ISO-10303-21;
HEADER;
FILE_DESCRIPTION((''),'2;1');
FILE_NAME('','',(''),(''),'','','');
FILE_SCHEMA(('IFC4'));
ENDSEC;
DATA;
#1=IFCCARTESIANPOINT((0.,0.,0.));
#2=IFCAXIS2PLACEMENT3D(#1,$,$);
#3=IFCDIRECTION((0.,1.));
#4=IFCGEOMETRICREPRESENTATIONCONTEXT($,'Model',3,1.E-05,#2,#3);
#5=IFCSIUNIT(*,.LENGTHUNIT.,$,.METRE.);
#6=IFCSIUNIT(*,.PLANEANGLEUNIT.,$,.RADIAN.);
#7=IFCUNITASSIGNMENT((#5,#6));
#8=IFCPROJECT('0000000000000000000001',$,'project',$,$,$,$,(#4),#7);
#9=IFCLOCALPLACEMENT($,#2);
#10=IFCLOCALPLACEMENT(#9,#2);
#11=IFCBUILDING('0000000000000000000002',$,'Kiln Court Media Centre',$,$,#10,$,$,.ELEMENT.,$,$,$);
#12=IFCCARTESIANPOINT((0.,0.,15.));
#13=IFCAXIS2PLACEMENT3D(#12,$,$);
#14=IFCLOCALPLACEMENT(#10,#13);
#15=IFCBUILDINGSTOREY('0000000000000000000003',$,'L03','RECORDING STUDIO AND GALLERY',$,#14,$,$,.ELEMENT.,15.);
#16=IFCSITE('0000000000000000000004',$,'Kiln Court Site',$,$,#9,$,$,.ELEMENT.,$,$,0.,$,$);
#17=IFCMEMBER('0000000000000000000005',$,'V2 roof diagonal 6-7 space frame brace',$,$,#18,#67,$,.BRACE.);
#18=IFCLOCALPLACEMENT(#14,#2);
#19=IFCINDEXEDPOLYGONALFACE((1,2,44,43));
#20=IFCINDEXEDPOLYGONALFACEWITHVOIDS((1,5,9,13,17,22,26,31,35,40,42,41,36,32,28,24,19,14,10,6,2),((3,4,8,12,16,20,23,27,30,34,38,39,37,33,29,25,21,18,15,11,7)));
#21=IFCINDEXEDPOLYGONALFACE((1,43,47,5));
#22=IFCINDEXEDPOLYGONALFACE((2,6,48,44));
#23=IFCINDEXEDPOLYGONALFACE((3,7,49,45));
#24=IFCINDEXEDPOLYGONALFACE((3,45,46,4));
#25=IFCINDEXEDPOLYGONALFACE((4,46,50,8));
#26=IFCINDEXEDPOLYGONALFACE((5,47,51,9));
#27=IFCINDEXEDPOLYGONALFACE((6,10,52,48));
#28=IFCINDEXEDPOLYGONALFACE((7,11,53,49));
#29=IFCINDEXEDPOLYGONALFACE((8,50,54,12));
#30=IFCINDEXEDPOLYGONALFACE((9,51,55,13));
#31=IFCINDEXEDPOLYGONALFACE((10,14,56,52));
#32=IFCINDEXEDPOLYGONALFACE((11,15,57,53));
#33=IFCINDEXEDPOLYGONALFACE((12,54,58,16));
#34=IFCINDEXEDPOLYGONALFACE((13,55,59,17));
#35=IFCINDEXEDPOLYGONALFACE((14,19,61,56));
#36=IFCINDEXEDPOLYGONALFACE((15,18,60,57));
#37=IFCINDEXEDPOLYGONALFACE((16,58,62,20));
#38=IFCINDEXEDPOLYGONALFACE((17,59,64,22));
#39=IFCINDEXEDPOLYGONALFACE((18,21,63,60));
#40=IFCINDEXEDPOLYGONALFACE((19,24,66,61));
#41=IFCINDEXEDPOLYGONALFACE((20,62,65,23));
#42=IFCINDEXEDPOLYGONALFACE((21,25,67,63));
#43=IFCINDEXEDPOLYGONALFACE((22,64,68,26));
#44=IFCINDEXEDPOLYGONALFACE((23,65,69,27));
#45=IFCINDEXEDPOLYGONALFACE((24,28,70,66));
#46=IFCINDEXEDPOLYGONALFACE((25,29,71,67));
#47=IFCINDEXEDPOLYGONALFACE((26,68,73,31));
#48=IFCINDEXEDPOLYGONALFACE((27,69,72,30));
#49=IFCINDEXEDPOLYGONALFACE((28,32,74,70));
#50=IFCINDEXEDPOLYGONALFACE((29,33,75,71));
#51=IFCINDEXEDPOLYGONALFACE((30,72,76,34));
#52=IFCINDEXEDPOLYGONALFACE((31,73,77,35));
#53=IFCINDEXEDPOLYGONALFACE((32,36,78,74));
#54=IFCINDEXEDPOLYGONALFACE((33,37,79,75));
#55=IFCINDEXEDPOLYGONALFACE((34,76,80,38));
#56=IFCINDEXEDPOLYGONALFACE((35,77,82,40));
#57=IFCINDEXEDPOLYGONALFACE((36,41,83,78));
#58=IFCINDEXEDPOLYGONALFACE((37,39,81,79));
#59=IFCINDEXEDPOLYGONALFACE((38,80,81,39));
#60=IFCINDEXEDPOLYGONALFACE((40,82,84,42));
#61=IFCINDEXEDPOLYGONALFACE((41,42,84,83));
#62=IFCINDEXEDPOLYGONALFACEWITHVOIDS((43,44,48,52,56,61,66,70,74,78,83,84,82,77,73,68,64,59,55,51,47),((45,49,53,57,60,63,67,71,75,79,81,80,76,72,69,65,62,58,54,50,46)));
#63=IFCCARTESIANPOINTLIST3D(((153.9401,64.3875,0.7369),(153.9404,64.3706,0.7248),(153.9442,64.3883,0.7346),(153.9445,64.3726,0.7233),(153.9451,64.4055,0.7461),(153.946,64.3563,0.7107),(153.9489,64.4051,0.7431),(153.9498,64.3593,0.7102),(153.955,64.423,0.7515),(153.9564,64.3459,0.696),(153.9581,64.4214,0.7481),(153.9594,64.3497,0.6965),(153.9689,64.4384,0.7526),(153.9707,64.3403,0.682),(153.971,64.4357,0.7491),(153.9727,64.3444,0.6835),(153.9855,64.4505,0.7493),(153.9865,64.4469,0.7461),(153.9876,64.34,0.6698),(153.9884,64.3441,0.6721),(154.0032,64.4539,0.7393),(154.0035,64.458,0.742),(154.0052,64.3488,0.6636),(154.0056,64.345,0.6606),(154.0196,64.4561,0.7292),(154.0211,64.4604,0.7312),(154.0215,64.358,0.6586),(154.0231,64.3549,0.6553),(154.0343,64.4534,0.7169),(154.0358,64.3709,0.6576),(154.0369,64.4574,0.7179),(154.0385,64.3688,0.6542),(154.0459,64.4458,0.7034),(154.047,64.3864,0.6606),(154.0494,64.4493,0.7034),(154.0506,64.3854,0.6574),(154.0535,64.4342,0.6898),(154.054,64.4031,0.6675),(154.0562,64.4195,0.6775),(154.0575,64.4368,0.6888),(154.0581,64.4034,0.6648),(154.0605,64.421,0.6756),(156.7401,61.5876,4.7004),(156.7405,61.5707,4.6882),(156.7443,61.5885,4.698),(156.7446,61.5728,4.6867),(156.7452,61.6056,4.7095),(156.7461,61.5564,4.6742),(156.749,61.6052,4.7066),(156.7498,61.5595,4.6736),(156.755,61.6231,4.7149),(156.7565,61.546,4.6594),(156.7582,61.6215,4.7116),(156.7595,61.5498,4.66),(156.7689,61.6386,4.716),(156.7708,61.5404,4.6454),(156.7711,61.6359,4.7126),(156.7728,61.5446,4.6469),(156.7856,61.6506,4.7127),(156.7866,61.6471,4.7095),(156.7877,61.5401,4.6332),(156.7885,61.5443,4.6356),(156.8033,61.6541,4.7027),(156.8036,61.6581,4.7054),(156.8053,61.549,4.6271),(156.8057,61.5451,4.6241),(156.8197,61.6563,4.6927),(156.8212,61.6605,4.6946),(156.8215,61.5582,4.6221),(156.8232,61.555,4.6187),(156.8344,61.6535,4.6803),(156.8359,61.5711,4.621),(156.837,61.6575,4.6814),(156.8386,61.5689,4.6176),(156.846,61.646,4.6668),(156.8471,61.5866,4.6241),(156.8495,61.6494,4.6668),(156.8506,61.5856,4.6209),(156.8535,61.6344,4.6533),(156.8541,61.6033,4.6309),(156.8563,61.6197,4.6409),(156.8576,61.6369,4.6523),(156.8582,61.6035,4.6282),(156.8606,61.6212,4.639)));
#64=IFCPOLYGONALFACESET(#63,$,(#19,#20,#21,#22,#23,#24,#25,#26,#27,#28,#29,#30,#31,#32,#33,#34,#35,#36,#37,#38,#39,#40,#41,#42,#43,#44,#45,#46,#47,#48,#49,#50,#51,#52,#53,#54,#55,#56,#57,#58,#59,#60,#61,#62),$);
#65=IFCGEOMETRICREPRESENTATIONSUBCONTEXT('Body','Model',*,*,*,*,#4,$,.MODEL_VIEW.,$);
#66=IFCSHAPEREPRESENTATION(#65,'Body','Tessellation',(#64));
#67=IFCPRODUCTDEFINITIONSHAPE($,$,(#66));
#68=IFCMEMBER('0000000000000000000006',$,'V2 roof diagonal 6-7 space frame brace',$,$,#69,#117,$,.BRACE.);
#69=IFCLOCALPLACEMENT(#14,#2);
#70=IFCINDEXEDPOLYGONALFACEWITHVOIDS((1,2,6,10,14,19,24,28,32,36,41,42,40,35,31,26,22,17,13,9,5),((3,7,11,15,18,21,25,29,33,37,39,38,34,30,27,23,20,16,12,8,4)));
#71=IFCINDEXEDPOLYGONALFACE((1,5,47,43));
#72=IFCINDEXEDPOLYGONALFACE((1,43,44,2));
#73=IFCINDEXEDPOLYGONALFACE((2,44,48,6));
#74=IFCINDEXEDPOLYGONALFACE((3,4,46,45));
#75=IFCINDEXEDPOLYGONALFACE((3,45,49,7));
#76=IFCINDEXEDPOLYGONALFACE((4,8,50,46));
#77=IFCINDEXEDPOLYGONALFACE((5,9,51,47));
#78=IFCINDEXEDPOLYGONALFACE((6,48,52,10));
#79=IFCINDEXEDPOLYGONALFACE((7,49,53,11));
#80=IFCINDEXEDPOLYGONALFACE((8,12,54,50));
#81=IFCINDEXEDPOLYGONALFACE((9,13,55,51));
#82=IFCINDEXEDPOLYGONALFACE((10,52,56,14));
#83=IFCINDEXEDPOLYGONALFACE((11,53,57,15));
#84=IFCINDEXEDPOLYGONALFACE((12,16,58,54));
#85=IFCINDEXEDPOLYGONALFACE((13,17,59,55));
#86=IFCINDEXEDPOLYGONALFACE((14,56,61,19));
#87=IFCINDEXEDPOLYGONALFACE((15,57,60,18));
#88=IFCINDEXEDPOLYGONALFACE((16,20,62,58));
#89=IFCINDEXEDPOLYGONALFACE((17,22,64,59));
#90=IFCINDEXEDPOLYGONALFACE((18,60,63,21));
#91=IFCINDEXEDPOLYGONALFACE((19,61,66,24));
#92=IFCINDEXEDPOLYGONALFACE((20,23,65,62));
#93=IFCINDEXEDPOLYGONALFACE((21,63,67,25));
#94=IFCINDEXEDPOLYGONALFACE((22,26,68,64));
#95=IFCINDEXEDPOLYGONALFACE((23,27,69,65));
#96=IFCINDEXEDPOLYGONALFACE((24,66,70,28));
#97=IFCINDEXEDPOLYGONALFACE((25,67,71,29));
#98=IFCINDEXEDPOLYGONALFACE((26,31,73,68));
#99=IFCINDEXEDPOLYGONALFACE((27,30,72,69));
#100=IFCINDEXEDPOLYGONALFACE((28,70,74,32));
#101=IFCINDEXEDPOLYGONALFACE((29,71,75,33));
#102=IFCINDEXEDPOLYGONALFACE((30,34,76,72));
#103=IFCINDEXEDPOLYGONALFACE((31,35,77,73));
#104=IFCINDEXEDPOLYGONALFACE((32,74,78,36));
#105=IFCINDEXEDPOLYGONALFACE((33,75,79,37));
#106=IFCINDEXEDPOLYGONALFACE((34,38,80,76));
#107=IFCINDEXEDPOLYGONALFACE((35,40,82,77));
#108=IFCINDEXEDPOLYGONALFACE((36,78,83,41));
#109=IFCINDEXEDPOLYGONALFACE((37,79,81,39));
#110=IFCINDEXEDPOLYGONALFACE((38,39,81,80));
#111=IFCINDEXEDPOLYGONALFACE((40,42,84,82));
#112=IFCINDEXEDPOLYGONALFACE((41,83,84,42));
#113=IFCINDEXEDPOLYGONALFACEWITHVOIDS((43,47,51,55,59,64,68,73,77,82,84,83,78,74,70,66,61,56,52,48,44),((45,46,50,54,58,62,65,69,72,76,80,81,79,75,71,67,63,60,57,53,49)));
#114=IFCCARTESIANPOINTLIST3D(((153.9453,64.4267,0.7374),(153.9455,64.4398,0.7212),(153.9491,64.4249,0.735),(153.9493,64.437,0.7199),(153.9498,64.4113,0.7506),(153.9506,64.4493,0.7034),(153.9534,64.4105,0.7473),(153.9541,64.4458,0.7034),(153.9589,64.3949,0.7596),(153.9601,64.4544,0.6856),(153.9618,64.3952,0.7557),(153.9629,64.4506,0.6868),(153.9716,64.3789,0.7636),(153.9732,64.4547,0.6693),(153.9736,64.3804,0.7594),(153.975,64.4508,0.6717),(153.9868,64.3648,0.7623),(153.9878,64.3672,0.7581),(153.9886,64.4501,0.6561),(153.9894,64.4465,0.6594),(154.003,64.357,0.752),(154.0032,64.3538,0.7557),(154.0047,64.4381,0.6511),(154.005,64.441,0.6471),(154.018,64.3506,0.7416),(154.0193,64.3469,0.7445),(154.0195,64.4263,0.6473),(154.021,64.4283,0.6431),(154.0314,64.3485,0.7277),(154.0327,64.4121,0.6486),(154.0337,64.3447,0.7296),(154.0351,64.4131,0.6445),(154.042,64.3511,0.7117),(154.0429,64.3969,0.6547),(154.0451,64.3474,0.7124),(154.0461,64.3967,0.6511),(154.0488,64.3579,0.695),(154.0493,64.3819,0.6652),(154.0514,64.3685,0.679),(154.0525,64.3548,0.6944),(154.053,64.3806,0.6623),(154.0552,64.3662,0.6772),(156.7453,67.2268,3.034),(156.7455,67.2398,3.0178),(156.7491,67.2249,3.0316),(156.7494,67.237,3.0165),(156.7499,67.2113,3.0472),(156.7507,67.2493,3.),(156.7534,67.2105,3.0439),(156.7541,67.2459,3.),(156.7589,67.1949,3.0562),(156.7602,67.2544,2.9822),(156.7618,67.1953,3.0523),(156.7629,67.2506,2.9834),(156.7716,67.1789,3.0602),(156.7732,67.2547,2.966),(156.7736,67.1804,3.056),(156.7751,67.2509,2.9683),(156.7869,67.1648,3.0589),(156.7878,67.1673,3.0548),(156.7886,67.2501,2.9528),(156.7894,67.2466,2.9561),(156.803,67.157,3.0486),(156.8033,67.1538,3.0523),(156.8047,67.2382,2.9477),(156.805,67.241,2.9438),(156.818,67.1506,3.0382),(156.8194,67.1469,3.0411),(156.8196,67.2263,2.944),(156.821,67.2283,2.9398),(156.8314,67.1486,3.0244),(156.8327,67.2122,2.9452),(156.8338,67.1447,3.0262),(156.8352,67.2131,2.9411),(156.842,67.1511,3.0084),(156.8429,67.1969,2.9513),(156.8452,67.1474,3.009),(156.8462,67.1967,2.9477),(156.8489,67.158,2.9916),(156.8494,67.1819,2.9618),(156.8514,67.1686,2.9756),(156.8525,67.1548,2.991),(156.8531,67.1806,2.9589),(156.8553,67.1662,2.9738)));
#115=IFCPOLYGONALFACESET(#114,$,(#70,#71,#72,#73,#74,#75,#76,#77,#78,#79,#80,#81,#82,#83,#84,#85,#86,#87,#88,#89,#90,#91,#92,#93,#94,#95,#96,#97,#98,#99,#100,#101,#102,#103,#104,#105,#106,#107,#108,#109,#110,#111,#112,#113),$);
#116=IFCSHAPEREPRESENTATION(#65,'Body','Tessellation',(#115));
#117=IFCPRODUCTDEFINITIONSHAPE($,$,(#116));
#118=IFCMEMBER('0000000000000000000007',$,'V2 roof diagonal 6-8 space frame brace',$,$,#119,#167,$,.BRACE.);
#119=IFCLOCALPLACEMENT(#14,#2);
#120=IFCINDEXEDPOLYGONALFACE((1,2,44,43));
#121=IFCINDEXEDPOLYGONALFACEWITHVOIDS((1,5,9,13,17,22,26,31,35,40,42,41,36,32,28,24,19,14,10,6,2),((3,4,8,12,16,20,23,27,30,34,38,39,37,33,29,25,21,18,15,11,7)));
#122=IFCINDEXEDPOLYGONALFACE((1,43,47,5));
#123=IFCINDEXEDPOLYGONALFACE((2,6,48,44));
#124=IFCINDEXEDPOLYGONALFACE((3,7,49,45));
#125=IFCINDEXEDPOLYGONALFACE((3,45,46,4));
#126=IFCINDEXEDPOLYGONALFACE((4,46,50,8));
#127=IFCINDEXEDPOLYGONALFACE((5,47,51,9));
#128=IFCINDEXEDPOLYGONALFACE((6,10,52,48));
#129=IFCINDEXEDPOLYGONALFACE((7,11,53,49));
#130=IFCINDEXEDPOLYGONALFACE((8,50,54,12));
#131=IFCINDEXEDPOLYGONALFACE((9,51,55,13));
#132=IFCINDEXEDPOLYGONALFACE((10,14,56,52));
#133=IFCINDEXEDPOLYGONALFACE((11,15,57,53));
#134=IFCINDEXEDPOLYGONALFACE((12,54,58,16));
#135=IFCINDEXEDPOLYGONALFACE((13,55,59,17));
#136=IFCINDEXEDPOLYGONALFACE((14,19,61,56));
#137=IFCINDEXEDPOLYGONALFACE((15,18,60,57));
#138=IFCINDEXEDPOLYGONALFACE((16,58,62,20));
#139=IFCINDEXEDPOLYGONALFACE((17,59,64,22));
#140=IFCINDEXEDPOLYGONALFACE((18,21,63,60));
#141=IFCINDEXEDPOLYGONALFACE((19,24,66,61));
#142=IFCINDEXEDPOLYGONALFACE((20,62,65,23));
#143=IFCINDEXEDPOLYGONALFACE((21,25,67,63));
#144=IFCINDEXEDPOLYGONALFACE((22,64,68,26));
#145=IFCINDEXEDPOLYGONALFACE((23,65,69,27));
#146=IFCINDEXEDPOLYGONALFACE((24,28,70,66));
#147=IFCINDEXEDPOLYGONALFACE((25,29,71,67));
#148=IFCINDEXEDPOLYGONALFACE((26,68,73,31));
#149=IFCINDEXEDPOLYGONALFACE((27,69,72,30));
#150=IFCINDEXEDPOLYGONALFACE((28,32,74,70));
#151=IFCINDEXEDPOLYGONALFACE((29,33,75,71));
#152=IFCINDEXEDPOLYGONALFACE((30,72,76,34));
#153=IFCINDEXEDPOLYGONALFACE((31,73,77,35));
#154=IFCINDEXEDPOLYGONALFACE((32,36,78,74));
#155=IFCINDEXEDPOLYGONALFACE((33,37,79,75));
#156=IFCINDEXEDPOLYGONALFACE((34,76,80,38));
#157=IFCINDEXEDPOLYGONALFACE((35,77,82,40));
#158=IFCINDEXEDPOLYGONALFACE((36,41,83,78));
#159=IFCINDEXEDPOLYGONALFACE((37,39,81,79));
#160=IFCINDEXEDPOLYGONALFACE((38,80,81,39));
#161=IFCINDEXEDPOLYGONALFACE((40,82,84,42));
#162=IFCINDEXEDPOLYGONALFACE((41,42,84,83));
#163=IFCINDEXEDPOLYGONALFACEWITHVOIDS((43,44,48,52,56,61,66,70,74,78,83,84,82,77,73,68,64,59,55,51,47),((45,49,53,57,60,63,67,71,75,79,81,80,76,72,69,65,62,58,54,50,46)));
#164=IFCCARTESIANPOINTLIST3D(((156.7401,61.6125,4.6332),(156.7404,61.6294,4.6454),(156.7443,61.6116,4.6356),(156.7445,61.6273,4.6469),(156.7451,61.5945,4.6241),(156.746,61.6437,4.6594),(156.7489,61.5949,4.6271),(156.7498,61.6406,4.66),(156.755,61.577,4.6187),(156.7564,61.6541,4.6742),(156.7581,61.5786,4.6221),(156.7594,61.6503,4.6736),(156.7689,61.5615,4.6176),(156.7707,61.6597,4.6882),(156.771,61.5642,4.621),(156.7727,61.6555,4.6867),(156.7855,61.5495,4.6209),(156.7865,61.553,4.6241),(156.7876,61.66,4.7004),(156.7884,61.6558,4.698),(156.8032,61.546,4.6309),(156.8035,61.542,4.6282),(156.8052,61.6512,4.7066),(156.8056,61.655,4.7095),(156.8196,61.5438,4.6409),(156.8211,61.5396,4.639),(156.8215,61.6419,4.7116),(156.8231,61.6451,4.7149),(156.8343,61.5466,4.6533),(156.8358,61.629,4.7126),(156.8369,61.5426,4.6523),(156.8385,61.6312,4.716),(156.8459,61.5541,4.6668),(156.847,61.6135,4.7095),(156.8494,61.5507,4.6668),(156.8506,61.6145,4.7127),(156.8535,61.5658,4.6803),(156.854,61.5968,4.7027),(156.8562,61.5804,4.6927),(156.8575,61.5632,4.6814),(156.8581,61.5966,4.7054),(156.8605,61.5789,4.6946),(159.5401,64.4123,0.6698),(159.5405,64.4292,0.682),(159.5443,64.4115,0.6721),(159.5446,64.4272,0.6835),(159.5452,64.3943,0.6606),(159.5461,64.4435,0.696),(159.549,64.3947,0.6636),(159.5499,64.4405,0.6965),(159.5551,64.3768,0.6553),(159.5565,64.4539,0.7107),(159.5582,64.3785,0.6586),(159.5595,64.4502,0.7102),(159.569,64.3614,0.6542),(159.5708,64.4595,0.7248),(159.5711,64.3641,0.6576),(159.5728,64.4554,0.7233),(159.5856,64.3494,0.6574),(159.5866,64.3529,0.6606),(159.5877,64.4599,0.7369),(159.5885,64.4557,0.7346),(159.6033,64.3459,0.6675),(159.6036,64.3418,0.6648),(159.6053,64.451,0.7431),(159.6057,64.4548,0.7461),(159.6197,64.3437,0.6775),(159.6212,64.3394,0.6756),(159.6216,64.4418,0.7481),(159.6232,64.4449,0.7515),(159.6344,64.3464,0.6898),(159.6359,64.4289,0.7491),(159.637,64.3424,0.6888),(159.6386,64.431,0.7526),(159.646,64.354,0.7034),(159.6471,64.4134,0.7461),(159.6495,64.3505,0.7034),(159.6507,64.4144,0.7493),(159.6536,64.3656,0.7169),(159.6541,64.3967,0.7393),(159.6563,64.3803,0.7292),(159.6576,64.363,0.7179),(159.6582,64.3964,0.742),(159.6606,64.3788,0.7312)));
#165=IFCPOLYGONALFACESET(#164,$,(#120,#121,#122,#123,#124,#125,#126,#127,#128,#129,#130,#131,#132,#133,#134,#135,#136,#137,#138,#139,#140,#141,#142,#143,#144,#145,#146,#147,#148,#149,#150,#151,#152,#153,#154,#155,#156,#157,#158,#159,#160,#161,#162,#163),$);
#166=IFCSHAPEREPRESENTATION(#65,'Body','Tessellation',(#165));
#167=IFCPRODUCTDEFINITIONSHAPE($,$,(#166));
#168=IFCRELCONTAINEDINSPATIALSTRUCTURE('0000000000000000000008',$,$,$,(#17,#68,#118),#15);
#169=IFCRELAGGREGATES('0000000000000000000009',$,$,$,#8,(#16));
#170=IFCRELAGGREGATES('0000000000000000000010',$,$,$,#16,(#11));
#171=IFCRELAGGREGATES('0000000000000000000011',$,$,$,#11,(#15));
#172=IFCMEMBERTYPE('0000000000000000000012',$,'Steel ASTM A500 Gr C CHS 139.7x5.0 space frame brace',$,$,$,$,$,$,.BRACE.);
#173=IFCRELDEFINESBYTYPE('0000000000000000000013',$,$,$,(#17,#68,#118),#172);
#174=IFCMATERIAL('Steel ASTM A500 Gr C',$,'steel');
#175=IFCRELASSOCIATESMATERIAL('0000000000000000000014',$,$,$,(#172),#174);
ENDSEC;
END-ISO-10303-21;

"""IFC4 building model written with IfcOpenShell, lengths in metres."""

from ifc_helpers import new_model, si_unit, direction, frame, origin, origin_2d, place, context, subcontext, project, spatial, hollow_circle, extrude, material, material_profile, profile_set, type_object, element, save


model = new_model("IFC4")

# Units and contexts
model_context = context("Model", 3, precision=1e-05, world=origin(), true_north=direction((0.0, 1.0)))
body_context = subcontext(model_context, "Body", "Model", "MODEL_VIEW")
ifc_project = project(units=[si_unit("LENGTHUNIT", "METRE"), si_unit("PLANEANGLEUNIT", "RADIAN")], contexts=[model_context])

# Site, building, storey
site_placement = place(None, origin())
site = spatial("IfcSite", under=ifc_project, at=site_placement, Name="Kiln Court Site", CompositionType="ELEMENT", RefElevation=0.0)
building_placement = place(site_placement, origin())
building = spatial("IfcBuilding", under=site, at=building_placement, Name="Kiln Court Media Centre", CompositionType="ELEMENT")
storey_placement = place(building_placement, frame((0.0, 0.0, 15.0)))
storey = spatial("IfcBuildingStorey", under=building, at=storey_placement, Name="L03", Description="RECORDING STUDIO AND GALLERY", CompositionType="ELEMENT", Elevation=15.0)

# Members
ifc_material_1 = material(Name="Steel ASTM A500 Gr C", Category="steel")
ifc_material_profile_1 = material_profile(ifc_material_1, hollow_circle(Radius=0.0698, WallThickness=0.0049, at=origin_2d()), Name="CHS 139.7x5.0")
ifc_profile_set_1 = profile_set([ifc_material_profile_1], Name="Steel ASTM A500 Gr C")
member_type_1 = type_object("IfcMemberType", Name="Steel ASTM A500 Gr C CHS 139.7x5.0 space frame brace", PredefinedType="BRACE", material=ifc_profile_set_1)
member_1_placement = place(storey_placement, frame((154.0, 64.3999, 0.7034), z_axis=(0.499789, -0.499746, 0.707436), x_axis=(0.707076, 0.707138, 0.0)))
element("IfcMember", 1, at=member_1_placement, inside=storey, type_object=member_type_1, Name="V2 roof diagonal 6-7 space frame brace", PredefinedType="BRACE", context=body_context, shape_type="SweptSolid", body=[
    extrude(hollow_circle(Radius=0.0698, WallThickness=0.0049, at=origin_2d()), origin(), (0.0, 0.0, 1.0), 5.6025),
])
member_2_placement = place(storey_placement, frame((154.0, 64.3999, 0.7034), z_axis=(0.611676, 0.611676, 0.501703), x_axis=(-0.707107, 0.707107, 0.0)))
element("IfcMember", 2, at=member_2_placement, inside=storey, type_object=member_type_1, Name="V2 roof diagonal 6-7 space frame brace", PredefinedType="BRACE", context=body_context, shape_type="SweptSolid", body=[
    extrude(hollow_circle(Radius=0.0698, WallThickness=0.0049, at=origin_2d()), origin(), (0.0, 0.0, 1.0), 4.5776),
])
member_3_placement = place(storey_placement, frame((159.6001, 64.3999, 0.7034), z_axis=(-0.499789, -0.499746, 0.707436), x_axis=(0.707076, -0.707138, 0.0)))
element("IfcMember", 3, at=member_3_placement, inside=storey, type_object=member_type_1, Name="V2 roof diagonal 6-8 space frame brace", PredefinedType="BRACE", context=body_context, shape_type="SweptSolid", body=[
    extrude(hollow_circle(Radius=0.0698, WallThickness=0.0049, at=origin_2d()), origin(), (0.0, 0.0, 1.0), 5.6025),
])

save(model, "model.ifc")
